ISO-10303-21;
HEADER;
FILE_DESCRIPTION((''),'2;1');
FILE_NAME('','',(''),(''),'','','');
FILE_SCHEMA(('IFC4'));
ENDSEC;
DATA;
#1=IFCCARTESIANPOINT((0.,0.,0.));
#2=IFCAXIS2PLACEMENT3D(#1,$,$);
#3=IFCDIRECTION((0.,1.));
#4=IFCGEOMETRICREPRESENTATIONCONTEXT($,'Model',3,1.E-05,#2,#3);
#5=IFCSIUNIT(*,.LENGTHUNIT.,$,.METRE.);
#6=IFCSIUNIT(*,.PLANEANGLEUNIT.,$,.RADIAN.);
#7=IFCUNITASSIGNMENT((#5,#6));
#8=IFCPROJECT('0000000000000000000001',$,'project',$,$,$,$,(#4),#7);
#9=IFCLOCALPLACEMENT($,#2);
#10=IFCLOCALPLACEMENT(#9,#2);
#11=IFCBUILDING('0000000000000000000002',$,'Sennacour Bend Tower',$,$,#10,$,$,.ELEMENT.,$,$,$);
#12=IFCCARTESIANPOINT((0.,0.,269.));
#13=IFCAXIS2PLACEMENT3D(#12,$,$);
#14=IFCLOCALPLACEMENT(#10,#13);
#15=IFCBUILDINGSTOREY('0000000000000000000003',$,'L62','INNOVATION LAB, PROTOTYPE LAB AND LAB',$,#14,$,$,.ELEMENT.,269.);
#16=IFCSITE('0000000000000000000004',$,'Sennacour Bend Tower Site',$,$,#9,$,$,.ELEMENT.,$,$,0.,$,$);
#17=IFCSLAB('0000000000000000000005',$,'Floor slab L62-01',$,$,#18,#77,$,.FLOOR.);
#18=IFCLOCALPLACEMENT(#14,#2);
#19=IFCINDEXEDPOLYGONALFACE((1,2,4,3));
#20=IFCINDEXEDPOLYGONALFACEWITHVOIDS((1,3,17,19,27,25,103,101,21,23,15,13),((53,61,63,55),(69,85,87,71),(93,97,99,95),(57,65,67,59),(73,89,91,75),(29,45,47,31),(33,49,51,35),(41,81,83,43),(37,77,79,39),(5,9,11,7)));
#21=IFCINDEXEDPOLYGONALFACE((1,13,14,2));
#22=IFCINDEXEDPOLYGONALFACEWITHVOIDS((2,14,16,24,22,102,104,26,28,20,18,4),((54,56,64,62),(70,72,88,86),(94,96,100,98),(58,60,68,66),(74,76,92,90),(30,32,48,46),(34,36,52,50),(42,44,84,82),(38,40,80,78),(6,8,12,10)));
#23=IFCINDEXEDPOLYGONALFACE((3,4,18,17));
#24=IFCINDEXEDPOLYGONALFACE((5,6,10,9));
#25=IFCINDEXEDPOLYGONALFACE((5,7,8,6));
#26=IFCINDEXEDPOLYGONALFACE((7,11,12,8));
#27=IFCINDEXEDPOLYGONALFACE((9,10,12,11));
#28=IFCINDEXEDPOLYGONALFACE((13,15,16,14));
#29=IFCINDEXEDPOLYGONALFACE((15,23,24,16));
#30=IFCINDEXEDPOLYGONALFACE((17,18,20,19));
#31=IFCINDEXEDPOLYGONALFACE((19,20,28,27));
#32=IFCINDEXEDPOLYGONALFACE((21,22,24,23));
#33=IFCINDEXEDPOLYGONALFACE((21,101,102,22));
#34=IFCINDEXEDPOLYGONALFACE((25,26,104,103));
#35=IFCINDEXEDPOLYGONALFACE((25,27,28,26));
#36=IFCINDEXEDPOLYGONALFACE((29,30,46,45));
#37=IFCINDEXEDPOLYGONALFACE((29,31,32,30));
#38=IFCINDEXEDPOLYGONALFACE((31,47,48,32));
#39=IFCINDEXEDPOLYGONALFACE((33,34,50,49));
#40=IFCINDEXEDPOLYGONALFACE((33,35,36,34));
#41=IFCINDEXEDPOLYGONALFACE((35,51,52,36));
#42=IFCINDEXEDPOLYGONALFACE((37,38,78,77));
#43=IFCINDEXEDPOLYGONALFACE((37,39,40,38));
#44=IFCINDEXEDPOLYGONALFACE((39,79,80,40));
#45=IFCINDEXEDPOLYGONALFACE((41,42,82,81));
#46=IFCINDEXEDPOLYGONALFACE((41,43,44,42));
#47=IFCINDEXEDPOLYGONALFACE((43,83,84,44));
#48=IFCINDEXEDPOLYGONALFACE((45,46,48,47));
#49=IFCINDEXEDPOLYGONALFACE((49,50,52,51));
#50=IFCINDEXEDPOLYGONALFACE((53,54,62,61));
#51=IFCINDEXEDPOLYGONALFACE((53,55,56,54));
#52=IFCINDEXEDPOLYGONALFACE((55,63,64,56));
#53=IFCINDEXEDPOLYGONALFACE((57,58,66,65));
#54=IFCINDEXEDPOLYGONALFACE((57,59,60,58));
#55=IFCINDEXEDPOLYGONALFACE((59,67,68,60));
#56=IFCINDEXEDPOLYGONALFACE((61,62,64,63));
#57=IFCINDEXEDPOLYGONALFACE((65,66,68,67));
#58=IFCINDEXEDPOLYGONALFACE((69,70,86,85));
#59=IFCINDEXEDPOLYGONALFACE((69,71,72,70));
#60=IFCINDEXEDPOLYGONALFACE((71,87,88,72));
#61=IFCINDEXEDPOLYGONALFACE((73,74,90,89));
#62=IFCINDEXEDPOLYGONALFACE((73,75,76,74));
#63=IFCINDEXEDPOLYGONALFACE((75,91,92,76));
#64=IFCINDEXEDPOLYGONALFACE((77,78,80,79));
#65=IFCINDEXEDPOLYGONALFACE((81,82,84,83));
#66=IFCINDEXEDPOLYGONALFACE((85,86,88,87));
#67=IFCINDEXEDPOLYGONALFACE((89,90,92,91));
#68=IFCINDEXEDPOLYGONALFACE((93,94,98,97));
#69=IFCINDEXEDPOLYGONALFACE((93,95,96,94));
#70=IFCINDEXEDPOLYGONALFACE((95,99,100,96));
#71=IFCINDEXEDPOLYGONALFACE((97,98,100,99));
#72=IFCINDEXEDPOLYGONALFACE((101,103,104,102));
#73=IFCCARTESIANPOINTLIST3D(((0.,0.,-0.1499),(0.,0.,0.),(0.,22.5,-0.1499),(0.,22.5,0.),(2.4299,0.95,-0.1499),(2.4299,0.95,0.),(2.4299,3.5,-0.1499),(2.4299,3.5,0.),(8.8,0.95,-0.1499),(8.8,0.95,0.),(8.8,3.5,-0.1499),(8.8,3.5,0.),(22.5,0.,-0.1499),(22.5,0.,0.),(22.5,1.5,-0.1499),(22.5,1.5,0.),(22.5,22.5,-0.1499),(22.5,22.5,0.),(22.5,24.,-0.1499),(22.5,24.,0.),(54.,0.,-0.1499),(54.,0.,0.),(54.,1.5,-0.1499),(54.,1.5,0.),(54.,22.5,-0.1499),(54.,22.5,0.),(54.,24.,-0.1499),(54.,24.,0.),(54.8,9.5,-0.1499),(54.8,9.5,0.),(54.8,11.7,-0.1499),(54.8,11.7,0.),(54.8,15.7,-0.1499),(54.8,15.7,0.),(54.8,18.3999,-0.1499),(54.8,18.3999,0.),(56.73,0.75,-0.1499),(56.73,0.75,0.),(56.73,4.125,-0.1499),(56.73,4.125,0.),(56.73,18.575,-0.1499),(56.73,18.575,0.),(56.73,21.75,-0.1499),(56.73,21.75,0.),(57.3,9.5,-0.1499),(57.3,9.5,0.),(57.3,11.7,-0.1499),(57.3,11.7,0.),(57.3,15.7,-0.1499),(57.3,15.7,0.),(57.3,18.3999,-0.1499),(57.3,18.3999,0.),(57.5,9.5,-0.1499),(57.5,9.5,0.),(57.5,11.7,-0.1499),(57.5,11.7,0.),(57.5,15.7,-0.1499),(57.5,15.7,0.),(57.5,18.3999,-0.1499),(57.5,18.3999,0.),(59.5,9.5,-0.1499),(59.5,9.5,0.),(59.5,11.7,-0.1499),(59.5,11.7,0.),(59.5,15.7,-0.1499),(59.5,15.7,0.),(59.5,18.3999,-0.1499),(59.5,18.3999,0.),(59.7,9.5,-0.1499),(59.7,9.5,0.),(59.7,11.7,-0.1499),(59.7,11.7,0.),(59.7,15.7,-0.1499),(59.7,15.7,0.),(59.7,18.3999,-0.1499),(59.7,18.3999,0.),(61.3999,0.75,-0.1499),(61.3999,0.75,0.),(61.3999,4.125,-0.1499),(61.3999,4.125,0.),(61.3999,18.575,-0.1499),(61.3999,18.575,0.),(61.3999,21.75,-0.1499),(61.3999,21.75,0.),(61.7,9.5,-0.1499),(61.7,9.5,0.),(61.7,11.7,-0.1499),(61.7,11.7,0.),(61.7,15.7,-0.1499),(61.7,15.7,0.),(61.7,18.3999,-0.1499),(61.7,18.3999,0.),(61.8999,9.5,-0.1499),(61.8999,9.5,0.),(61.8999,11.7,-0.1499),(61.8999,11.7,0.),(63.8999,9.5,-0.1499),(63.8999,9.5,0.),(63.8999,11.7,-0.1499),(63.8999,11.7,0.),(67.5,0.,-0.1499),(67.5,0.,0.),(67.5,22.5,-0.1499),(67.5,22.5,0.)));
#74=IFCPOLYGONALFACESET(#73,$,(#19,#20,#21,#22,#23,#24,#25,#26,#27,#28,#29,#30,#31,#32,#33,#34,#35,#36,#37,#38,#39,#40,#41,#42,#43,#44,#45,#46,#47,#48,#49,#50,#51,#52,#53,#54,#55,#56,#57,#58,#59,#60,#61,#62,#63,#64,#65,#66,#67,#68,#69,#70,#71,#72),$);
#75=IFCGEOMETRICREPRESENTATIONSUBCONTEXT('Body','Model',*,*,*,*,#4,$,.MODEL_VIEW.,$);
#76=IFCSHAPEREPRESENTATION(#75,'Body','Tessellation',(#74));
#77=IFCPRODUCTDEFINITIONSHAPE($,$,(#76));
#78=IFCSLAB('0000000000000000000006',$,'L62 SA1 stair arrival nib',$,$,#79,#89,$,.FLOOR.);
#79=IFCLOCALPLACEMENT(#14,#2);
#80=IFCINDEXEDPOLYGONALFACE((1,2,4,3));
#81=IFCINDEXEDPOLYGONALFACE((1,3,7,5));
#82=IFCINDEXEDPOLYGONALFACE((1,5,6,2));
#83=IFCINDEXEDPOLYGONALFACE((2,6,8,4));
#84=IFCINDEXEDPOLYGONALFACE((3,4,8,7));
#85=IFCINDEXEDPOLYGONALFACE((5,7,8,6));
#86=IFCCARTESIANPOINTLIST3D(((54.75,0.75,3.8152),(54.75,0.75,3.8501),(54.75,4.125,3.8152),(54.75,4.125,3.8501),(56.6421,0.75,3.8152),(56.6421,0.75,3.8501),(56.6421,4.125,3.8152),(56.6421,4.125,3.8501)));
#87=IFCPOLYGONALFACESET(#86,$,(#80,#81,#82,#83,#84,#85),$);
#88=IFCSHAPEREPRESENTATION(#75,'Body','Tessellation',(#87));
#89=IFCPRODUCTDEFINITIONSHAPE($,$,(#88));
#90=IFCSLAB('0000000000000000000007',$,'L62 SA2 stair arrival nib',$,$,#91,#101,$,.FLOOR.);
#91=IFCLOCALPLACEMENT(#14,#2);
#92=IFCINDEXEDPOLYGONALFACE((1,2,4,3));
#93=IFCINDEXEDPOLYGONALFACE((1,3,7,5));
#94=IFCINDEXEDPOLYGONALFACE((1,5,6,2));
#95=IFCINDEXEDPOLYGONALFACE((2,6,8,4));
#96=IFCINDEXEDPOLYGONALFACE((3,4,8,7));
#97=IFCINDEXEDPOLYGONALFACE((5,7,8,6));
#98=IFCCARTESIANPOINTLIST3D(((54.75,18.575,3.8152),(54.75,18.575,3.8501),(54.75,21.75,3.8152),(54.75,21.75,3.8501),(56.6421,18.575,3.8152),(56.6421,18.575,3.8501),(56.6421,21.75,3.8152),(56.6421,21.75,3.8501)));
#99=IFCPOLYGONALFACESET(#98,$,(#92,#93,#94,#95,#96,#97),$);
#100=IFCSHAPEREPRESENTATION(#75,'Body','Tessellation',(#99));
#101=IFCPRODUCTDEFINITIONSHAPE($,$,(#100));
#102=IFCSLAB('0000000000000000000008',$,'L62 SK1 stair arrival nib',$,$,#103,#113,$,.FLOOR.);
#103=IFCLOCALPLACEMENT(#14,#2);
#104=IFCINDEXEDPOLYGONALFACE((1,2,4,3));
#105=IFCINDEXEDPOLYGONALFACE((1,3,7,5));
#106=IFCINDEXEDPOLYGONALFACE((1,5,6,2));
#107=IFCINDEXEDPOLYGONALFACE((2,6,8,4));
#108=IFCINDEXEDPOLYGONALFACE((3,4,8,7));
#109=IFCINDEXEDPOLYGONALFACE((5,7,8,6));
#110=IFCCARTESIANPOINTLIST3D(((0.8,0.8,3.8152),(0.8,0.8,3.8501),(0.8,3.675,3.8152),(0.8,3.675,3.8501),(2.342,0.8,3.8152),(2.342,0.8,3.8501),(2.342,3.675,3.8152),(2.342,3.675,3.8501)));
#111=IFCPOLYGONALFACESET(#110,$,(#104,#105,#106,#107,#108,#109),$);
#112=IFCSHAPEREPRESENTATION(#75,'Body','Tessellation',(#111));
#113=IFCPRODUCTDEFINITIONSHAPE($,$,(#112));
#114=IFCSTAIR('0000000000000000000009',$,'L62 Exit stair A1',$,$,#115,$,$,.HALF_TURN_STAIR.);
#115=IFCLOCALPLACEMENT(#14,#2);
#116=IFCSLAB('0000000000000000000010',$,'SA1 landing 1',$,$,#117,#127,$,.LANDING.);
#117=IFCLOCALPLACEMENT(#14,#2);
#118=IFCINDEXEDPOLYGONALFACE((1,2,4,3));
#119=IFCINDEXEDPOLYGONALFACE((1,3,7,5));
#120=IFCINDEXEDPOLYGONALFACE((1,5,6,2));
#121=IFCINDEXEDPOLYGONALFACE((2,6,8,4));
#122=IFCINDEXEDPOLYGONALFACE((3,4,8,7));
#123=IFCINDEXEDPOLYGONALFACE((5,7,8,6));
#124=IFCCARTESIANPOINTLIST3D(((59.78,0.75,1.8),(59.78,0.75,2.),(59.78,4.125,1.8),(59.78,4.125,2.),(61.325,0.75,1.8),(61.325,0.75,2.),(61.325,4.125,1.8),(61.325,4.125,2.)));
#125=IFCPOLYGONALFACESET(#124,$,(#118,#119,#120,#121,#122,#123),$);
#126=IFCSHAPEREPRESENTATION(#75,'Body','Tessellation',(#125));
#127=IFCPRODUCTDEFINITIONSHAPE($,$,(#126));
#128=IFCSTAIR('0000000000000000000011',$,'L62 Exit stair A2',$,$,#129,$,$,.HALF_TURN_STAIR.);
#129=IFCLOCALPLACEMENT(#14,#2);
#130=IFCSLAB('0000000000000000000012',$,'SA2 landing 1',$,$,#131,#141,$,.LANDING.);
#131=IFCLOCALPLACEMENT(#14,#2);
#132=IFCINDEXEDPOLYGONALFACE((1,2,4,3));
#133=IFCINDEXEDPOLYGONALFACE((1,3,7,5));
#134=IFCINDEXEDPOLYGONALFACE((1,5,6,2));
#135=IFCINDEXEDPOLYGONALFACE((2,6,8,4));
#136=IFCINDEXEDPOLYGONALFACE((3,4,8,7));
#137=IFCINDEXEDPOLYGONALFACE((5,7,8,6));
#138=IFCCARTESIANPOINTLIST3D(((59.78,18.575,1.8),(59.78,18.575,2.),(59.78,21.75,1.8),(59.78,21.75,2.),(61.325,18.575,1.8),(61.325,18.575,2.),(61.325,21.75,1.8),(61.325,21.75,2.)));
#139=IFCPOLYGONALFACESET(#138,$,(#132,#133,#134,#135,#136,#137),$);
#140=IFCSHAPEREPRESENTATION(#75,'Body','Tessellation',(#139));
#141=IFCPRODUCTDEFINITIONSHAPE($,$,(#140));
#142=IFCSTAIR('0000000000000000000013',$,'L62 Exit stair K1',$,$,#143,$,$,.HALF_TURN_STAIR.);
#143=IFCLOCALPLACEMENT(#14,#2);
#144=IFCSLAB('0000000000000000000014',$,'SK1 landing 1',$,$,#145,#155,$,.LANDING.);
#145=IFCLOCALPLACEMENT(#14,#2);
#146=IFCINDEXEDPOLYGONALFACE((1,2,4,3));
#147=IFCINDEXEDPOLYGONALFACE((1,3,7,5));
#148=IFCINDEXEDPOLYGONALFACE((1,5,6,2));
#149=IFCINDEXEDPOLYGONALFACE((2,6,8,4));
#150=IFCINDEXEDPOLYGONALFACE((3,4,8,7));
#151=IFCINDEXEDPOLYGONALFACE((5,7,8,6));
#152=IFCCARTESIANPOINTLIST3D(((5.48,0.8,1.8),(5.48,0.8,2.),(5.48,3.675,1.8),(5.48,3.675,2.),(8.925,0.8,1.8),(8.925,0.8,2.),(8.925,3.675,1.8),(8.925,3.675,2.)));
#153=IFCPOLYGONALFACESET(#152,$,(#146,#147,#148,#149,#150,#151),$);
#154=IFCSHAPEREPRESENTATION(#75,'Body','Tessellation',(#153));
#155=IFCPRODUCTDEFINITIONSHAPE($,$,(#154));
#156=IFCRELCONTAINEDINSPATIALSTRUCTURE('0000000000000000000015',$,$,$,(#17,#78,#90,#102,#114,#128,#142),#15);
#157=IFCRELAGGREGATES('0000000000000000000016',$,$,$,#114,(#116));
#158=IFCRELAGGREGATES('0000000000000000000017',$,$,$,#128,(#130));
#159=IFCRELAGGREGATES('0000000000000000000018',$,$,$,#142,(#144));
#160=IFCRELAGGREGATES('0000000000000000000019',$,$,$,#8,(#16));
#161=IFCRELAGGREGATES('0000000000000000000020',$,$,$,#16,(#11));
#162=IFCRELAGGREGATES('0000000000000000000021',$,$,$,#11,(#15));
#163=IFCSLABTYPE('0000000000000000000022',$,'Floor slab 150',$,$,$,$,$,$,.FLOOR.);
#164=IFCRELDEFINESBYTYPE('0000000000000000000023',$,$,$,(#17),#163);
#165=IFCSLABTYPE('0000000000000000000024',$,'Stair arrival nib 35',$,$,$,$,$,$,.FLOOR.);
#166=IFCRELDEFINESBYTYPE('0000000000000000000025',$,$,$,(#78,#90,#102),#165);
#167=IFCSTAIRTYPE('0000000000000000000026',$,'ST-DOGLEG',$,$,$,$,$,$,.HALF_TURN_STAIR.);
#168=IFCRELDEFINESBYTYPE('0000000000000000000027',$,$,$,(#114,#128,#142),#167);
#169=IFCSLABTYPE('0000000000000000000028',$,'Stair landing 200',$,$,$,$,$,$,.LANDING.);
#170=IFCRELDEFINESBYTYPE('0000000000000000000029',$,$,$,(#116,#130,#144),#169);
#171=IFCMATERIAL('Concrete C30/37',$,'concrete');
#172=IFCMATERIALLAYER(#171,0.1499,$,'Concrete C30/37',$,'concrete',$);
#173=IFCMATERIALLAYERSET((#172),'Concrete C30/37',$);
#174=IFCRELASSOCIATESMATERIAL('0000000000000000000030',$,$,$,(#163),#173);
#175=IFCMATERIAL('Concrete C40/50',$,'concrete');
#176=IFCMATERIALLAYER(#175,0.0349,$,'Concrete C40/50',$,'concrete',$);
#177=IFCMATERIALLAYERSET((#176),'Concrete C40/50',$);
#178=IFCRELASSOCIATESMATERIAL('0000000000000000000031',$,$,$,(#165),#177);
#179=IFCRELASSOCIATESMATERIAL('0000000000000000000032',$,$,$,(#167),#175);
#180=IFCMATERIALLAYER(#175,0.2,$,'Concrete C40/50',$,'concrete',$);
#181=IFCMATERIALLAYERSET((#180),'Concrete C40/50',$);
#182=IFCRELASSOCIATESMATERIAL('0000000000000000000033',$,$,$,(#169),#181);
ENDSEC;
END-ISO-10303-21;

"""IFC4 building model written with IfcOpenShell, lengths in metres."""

from ifc_helpers import new_model, si_unit, direction, frame, origin, place, context, subcontext, project, spatial, polyline, outline, extrude, material, layer, layer_set, type_object, element, aggregate, save


model = new_model("IFC4")

# Units and contexts
model_context = context("Model", 3, precision=1e-05, world=origin(), true_north=direction((0.0, 1.0)))
body_context = subcontext(model_context, "Body", "Model", "MODEL_VIEW")
ifc_project = project(units=[si_unit("LENGTHUNIT", "METRE"), si_unit("PLANEANGLEUNIT", "RADIAN")], contexts=[model_context])

# Site, building, storey
site_placement = place(None, origin())
site = spatial("IfcSite", under=ifc_project, at=site_placement, Name="Sennacour Bend Tower Site", CompositionType="ELEMENT", RefElevation=0.0)
building_placement = place(site_placement, origin())
building = spatial("IfcBuilding", under=site, at=building_placement, Name="Sennacour Bend Tower", CompositionType="ELEMENT")
storey_placement = place(building_placement, frame((0.0, 0.0, 269.0)))
storey = spatial("IfcBuildingStorey", under=building, at=storey_placement, Name="L62", Description="INNOVATION LAB, PROTOTYPE LAB AND LAB", CompositionType="ELEMENT", Elevation=269.0)

# Slabs
ifc_material_1 = material(Name="Concrete C30/37", Category="concrete")
ifc_layer_1 = layer(ifc_material_1, 0.1499, Name="Concrete C30/37", Category="concrete")
ifc_layer_set_1 = layer_set([ifc_layer_1], Name="Concrete C30/37")
slab_type_1 = type_object("IfcSlabType", Name="Floor slab 150", PredefinedType="FLOOR", material=ifc_layer_set_1)
slab_1_placement = place(storey_placement, frame((0.0, 0.0, -0.1499)))
element("IfcSlab", 1, at=slab_1_placement, inside=storey, type_object=slab_type_1, Name="Floor slab L62-01", PredefinedType="FLOOR", context=body_context, shape_type="SweptSolid", body=[
    extrude(outline(polyline([(0.0, 0.0), (0.0, 22.5), (22.5, 22.5), (22.5, 24.0), (54.0, 24.0), (54.0, 22.5), (67.5, 22.5), (67.5, 0.0), (54.0, 0.0), (54.0, 1.5), (22.5, 1.5), (22.5, 0.0), (0.0, 0.0)]), holes=[polyline([(8.8, 3.5), (2.4299, 3.5), (2.4299, 0.95), (8.8, 0.95), (8.8, 3.5)]), polyline([(61.3999, 4.125), (56.73, 4.125), (56.73, 0.75), (61.3999, 0.75), (61.3999, 4.125)]), polyline([(57.3, 11.7), (54.8, 11.7), (54.8, 9.5), (57.3, 9.5), (57.3, 11.7)]), polyline([(59.5, 9.5), (59.5, 11.7), (57.5, 11.7), (57.5, 9.5), (59.5, 9.5)]), polyline([(61.7, 9.5), (61.7, 11.7), (59.7, 11.7), (59.7, 9.5), (61.7, 9.5)]), polyline([(63.8999, 11.7), (61.8999, 11.7), (61.8999, 9.5), (63.8999, 9.5), (63.8999, 11.7)]), polyline([(57.3, 18.3999), (54.8, 18.3999), (54.8, 15.7), (57.3, 15.7), (57.3, 18.3999)]), polyline([(59.5, 18.3999), (57.5, 18.3999), (57.5, 15.7), (59.5, 15.7), (59.5, 18.3999)]), polyline([(61.7, 15.7), (61.7, 18.3999), (59.7, 18.3999), (59.7, 15.7), (61.7, 15.7)]), polyline([(61.3999, 18.575), (61.3999, 21.75), (56.73, 21.75), (56.73, 18.575), (61.3999, 18.575)])]), origin(), (0.0, 0.0, 1.0), 0.1499),
])
ifc_material_2 = material(Name="Concrete C40/50", Category="concrete")
ifc_layer_2 = layer(ifc_material_2, 0.0349, Name="Concrete C40/50", Category="concrete")
ifc_layer_set_2 = layer_set([ifc_layer_2], Name="Concrete C40/50")
slab_type_2 = type_object("IfcSlabType", Name="Stair arrival nib 35", PredefinedType="FLOOR", material=ifc_layer_set_2)
slab_2_placement = place(storey_placement, frame((0.0, 0.0, 3.8152)))
element("IfcSlab", 2, at=slab_2_placement, inside=storey, type_object=slab_type_2, Name="L62 SA1 stair arrival nib", PredefinedType="FLOOR", context=body_context, shape_type="SweptSolid", body=[
    extrude(outline(polyline([(56.6421, 4.125), (54.75, 4.125), (54.75, 0.75), (56.6421, 0.75), (56.6421, 4.125)])), origin(), (0.0, 0.0, 1.0), 0.0349),
])
slab_3_placement = place(storey_placement, frame((0.0, 0.0, 3.8152)))
element("IfcSlab", 3, at=slab_3_placement, inside=storey, type_object=slab_type_2, Name="L62 SA2 stair arrival nib", PredefinedType="FLOOR", context=body_context, shape_type="SweptSolid", body=[
    extrude(outline(polyline([(56.6421, 21.75), (54.75, 21.75), (54.75, 18.575), (56.6421, 18.575), (56.6421, 21.75)])), origin(), (0.0, 0.0, 1.0), 0.0349),
])
slab_4_placement = place(storey_placement, frame((0.0, 0.0, 3.8152)))
element("IfcSlab", 4, at=slab_4_placement, inside=storey, type_object=slab_type_2, Name="L62 SK1 stair arrival nib", PredefinedType="FLOOR", context=body_context, shape_type="SweptSolid", body=[
    extrude(outline(polyline([(2.342, 3.675), (0.8, 3.675), (0.8, 0.8), (2.342, 0.8), (2.342, 3.675)])), origin(), (0.0, 0.0, 1.0), 0.0349),
])

# Stairs, slabs
stair_type = type_object("IfcStairType", Name="ST-DOGLEG", PredefinedType="HALF_TURN_STAIR", material=ifc_material_2)
stair_1_placement = place(storey_placement, origin())
stair_1 = element("IfcStair", 5, at=stair_1_placement, inside=storey, type_object=stair_type, Name="L62 Exit stair A1", PredefinedType="HALF_TURN_STAIR")
ifc_layer_3 = layer(ifc_material_2, 0.2, Name="Concrete C40/50", Category="concrete")
ifc_layer_set_3 = layer_set([ifc_layer_3], Name="Concrete C40/50")
slab_type_3 = type_object("IfcSlabType", Name="Stair landing 200", PredefinedType="LANDING", material=ifc_layer_set_3)
slab_5_placement = place(storey_placement, frame((0.0, 0.0, 1.8)))
slab_5 = element("IfcSlab", 6, at=slab_5_placement, type_object=slab_type_3, Name="SA1 landing 1", PredefinedType="LANDING", context=body_context, shape_type="SweptSolid", body=[
    extrude(outline(polyline([(59.78, 0.75), (61.325, 0.75), (61.325, 4.125), (59.78, 4.125), (59.78, 0.75)])), origin(), (0.0, 0.0, 1.0), 0.2),
])
aggregate(stair_1, [slab_5])
stair_2_placement = place(storey_placement, origin())
stair_2 = element("IfcStair", 7, at=stair_2_placement, inside=storey, type_object=stair_type, Name="L62 Exit stair A2", PredefinedType="HALF_TURN_STAIR")
slab_6_placement = place(storey_placement, frame((0.0, 0.0, 1.8)))
slab_6 = element("IfcSlab", 8, at=slab_6_placement, type_object=slab_type_3, Name="SA2 landing 1", PredefinedType="LANDING", context=body_context, shape_type="SweptSolid", body=[
    extrude(outline(polyline([(59.78, 18.575), (61.325, 18.575), (61.325, 21.75), (59.78, 21.75), (59.78, 18.575)])), origin(), (0.0, 0.0, 1.0), 0.2),
])
aggregate(stair_2, [slab_6])
stair_3_placement = place(storey_placement, origin())
stair_3 = element("IfcStair", 9, at=stair_3_placement, inside=storey, type_object=stair_type, Name="L62 Exit stair K1", PredefinedType="HALF_TURN_STAIR")
slab_7_placement = place(storey_placement, frame((0.0, 0.0, 1.8)))
slab_7 = element("IfcSlab", 10, at=slab_7_placement, type_object=slab_type_3, Name="SK1 landing 1", PredefinedType="LANDING", context=body_context, shape_type="SweptSolid", body=[
    extrude(outline(polyline([(5.48, 0.8), (8.925, 0.8), (8.925, 3.675), (5.48, 3.675), (5.48, 0.8)])), origin(), (0.0, 0.0, 1.0), 0.2),
])

aggregate(stair_3, [slab_7])

save(model, "model.ifc")
